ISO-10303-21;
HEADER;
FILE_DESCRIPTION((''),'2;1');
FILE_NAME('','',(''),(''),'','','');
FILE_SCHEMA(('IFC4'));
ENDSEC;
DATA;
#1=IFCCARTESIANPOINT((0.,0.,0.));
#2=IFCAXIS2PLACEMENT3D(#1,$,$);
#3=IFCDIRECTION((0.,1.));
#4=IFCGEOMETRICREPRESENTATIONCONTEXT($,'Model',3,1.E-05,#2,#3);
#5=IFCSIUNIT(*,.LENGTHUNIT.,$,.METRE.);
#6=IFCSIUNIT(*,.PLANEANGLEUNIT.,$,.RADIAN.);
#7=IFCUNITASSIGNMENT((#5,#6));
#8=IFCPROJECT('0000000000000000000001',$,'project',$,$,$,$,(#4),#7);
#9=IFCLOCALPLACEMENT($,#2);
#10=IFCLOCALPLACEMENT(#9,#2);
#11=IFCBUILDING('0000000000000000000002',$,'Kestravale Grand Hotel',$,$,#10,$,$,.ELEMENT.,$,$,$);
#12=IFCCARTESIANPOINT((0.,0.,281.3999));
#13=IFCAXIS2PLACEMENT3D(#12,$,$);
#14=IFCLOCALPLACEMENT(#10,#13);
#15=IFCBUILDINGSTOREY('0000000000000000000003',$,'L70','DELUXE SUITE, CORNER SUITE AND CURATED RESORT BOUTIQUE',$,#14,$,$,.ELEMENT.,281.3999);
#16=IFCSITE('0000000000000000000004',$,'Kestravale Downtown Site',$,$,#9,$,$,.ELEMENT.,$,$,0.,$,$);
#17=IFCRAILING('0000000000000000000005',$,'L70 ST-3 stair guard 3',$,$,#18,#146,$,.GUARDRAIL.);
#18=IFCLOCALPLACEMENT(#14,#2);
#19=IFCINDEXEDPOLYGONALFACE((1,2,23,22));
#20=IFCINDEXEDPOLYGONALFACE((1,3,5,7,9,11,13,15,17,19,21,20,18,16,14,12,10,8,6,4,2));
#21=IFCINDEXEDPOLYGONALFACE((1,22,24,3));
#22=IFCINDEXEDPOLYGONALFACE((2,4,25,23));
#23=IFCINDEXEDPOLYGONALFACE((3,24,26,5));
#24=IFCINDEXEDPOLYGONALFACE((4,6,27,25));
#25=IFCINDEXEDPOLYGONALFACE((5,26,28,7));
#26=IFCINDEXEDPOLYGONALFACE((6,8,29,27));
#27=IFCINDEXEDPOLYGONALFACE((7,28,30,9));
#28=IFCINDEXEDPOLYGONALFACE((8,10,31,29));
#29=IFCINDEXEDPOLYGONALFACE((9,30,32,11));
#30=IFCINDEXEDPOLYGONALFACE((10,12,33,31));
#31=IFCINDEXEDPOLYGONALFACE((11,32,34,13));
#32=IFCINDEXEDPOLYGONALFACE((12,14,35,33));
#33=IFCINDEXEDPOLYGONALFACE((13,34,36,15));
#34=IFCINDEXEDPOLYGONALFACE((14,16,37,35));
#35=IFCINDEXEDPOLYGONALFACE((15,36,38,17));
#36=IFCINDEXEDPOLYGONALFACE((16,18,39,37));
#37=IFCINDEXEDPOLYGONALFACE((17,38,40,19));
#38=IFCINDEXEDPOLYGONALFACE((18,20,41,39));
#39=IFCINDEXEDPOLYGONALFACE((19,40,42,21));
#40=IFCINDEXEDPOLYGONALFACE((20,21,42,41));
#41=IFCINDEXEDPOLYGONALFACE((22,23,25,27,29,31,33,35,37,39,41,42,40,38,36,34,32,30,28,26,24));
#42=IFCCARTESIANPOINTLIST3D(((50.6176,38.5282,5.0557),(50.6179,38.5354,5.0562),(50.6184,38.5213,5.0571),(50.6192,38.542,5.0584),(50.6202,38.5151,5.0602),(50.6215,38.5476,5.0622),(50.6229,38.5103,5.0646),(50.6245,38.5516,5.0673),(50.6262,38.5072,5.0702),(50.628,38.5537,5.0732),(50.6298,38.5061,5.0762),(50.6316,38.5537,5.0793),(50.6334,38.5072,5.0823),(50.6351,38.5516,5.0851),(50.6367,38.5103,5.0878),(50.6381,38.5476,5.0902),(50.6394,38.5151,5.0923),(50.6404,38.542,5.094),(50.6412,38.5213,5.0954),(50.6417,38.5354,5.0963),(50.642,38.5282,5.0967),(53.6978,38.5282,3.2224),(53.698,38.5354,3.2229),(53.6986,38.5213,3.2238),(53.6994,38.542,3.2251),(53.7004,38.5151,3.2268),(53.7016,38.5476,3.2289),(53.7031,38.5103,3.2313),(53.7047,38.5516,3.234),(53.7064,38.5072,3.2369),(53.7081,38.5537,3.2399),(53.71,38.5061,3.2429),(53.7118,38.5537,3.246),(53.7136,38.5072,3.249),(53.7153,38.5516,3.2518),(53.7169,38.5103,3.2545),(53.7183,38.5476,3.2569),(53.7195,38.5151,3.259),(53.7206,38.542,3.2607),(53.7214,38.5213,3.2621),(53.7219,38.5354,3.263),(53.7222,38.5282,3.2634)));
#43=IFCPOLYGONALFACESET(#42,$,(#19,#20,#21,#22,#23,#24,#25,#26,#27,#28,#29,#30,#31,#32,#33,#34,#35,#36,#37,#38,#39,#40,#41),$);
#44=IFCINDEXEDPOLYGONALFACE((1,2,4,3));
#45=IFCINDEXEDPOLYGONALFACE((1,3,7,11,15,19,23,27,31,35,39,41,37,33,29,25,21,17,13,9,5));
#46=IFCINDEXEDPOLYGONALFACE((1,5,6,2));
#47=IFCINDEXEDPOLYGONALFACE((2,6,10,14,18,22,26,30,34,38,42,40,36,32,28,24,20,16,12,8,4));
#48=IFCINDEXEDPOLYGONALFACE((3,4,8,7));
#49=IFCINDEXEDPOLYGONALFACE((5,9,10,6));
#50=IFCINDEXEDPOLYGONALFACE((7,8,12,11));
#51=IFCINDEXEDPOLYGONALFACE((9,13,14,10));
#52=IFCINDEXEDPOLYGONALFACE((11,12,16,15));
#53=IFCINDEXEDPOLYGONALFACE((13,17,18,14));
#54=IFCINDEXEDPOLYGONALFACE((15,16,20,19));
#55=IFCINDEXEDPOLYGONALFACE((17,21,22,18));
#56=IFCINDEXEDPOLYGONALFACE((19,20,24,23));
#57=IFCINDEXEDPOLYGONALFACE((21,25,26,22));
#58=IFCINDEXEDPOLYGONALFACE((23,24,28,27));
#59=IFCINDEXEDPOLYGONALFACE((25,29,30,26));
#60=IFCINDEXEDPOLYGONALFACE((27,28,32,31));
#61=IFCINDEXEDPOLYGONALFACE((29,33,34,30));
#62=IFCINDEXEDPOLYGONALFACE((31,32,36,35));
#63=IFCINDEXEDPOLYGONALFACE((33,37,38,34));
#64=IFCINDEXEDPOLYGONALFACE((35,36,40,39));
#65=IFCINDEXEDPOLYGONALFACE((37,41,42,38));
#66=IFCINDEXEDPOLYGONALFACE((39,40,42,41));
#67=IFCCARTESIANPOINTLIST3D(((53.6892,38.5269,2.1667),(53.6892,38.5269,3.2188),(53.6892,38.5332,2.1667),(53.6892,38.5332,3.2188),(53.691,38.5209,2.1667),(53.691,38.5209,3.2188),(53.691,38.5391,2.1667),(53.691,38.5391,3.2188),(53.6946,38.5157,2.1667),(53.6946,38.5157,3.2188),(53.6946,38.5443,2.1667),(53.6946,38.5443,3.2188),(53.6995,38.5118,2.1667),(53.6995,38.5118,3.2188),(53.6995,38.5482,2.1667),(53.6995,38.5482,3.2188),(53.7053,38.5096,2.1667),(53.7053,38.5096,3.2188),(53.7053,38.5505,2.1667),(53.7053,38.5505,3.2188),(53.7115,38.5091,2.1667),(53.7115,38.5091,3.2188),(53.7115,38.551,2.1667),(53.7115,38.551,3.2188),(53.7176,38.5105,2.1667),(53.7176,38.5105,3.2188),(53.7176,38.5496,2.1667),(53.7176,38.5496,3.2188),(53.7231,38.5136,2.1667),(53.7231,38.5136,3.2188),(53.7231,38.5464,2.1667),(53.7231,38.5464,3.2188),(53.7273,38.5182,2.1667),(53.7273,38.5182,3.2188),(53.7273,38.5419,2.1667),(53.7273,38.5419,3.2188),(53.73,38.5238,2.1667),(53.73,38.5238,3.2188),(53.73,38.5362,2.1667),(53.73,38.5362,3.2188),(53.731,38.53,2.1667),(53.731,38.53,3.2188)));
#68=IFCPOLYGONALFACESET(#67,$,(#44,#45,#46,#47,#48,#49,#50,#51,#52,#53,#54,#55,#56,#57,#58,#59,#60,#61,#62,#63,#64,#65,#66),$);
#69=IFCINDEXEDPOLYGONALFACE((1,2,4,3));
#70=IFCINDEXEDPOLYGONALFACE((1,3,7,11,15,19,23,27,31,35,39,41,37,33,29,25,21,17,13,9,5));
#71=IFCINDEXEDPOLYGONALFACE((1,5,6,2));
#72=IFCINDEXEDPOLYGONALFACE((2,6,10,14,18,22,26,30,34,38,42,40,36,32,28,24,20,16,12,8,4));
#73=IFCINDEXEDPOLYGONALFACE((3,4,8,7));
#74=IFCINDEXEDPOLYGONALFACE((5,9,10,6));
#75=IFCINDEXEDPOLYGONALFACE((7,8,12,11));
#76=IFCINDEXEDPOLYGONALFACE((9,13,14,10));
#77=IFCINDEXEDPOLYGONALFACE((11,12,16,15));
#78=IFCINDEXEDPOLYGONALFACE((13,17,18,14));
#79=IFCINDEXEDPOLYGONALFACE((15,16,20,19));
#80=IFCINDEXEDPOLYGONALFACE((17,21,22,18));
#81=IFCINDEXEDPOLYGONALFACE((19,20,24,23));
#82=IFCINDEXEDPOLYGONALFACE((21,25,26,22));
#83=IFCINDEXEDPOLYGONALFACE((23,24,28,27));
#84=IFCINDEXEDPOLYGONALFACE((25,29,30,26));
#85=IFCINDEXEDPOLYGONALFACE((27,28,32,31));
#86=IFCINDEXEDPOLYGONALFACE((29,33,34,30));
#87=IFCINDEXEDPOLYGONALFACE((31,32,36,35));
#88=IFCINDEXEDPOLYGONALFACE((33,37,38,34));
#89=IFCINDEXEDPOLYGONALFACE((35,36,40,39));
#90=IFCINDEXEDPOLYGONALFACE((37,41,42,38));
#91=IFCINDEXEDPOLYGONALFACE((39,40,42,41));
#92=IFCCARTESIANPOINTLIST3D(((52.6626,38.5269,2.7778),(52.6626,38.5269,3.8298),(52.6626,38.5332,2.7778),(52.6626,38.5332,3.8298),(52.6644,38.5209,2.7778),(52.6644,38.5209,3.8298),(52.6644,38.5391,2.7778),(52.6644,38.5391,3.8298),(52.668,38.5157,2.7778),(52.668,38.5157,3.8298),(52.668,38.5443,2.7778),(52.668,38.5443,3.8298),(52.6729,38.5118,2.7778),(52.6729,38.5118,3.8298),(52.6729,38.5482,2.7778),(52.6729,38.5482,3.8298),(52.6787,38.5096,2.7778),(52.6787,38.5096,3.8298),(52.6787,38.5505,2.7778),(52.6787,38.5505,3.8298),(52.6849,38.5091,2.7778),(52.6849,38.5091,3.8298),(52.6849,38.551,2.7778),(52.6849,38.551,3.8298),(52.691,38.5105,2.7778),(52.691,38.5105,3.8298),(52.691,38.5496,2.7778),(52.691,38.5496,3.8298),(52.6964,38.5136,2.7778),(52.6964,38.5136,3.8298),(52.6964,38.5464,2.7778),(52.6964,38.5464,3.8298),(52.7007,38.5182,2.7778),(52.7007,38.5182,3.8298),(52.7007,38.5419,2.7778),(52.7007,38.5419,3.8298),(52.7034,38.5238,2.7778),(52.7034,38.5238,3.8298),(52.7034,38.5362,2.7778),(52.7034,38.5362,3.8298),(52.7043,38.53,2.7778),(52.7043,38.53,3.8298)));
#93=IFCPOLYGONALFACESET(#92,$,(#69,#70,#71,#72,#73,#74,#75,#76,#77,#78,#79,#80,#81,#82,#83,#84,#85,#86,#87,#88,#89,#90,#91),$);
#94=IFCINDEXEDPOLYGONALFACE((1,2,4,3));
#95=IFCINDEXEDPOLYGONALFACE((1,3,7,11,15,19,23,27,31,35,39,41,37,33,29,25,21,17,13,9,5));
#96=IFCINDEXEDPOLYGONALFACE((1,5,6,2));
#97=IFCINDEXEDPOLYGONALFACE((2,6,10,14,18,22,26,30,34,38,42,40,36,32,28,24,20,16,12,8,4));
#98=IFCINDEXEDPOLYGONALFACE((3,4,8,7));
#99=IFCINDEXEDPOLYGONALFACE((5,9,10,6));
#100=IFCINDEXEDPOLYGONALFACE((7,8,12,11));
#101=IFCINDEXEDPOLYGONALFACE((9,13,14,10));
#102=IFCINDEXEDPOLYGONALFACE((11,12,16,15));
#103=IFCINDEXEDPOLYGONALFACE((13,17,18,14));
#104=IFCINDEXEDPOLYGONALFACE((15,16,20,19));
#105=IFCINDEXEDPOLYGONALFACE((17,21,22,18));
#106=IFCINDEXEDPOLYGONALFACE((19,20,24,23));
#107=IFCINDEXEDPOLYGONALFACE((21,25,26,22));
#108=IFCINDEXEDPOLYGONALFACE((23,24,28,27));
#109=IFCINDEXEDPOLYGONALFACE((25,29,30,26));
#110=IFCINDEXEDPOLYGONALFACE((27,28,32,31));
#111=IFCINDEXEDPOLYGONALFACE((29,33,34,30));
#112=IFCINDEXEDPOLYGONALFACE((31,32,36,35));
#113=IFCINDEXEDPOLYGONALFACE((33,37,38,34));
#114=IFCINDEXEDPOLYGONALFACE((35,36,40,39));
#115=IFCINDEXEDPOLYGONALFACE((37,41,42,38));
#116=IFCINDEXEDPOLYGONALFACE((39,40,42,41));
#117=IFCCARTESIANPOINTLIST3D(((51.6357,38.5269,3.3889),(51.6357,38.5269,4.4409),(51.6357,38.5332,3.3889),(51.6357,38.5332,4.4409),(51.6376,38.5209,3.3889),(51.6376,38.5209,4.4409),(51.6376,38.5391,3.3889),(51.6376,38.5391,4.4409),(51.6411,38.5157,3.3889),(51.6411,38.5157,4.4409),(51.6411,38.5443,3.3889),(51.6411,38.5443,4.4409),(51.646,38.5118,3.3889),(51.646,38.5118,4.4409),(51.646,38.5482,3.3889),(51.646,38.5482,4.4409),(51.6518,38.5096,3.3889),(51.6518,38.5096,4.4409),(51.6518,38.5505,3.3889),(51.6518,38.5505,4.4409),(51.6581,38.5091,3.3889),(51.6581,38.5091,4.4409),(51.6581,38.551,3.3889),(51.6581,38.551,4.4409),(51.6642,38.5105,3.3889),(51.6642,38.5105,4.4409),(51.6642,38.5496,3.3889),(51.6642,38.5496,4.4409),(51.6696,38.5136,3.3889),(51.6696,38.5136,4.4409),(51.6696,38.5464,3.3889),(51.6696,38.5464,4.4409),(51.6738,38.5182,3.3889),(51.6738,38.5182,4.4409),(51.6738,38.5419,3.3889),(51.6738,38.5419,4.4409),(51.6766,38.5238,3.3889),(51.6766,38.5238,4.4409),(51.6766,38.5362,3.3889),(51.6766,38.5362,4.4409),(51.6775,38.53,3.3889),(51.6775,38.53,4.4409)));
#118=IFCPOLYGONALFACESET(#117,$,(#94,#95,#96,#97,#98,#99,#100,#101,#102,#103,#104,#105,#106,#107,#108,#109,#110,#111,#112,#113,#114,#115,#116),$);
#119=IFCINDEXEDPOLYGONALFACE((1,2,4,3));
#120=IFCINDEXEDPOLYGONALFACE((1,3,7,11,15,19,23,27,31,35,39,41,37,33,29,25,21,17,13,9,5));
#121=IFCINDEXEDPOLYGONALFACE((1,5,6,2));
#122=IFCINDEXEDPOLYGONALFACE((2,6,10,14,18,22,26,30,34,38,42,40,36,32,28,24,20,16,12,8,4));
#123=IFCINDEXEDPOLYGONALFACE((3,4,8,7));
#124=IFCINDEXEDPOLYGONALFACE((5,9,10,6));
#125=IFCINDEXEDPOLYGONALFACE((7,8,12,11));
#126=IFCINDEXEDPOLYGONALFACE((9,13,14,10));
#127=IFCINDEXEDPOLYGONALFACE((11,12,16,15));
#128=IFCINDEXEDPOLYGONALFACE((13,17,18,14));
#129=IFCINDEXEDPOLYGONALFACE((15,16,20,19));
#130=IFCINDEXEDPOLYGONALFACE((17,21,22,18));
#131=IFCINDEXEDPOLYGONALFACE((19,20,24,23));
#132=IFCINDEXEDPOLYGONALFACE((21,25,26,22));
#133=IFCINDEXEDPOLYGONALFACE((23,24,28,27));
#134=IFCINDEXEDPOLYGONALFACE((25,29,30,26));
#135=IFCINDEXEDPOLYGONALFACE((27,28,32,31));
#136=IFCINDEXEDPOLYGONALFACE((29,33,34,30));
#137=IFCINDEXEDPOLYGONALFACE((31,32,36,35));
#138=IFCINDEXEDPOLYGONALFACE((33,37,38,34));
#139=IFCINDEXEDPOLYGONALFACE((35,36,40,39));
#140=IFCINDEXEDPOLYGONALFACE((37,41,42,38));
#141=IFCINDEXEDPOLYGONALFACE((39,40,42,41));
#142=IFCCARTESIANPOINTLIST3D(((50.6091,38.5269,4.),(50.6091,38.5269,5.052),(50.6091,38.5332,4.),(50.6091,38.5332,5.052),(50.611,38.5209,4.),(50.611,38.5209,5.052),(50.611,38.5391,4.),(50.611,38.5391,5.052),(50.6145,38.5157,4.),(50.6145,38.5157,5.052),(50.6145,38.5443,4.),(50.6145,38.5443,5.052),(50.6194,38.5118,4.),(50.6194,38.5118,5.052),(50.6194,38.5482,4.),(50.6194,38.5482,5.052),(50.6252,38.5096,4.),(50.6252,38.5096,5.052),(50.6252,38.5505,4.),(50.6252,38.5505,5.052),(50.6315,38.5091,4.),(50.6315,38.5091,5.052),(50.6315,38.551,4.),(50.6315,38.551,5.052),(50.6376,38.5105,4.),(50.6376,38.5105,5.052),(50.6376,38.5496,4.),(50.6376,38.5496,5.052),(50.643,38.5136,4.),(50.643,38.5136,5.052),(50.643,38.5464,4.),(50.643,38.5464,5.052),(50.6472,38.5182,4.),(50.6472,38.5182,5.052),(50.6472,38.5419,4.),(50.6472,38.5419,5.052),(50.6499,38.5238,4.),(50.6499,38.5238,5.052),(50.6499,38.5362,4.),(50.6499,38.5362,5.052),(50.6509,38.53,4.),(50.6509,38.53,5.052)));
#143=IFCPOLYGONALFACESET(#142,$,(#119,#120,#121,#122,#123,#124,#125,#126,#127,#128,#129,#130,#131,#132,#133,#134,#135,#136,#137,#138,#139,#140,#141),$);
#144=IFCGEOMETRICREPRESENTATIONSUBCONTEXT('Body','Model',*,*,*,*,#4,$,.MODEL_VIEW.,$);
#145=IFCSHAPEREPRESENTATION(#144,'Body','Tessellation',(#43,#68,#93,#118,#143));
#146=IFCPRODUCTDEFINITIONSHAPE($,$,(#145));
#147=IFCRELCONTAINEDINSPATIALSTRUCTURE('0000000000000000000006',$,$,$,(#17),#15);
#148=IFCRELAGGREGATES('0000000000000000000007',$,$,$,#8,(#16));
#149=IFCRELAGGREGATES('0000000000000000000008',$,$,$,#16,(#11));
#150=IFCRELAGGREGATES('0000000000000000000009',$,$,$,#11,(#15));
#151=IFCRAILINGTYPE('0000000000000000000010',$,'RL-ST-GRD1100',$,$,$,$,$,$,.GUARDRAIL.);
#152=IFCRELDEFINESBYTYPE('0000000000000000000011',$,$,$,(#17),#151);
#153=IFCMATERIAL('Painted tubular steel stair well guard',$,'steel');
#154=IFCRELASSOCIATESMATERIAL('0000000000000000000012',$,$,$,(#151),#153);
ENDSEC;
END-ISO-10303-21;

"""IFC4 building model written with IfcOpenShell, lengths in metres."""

from ifc_helpers import new_model, si_unit, direction, frame, origin, origin_2d, place, context, subcontext, project, spatial, circle, extrude, material, type_object, element, save


model = new_model("IFC4")

# Units and contexts
model_context = context("Model", 3, precision=1e-05, world=origin(), true_north=direction((0.0, 1.0)))
body_context = subcontext(model_context, "Body", "Model", "MODEL_VIEW")
ifc_project = project(units=[si_unit("LENGTHUNIT", "METRE"), si_unit("PLANEANGLEUNIT", "RADIAN")], contexts=[model_context])

# Site, building, storey
site_placement = place(None, origin())
site = spatial("IfcSite", under=ifc_project, at=site_placement, Name="Kestravale Downtown Site", CompositionType="ELEMENT", RefElevation=0.0)
building_placement = place(site_placement, origin())
building = spatial("IfcBuilding", under=site, at=building_placement, Name="Kestravale Grand Hotel", CompositionType="ELEMENT")
storey_placement = place(building_placement, frame((0.0, 0.0, 281.3999)))
storey = spatial("IfcBuildingStorey", under=building, at=storey_placement, Name="L70", Description="DELUXE SUITE, CORNER SUITE AND CURATED RESORT BOUTIQUE", CompositionType="ELEMENT", Elevation=281.3999)

# Railing
ifc_material_1 = material(Name="Painted tubular steel stair well guard", Category="steel")
railing_type_1 = type_object("IfcRailingType", Name="RL-ST-GRD1100", PredefinedType="GUARDRAIL", material=ifc_material_1)
railing_1_placement = place(storey_placement, frame((53.71, 38.53, 2.1667)))
element("IfcRailing", 1, at=railing_1_placement, inside=storey, type_object=railing_type_1, Name="L70 ST-3 stair guard 3", PredefinedType="GUARDRAIL", context=body_context, shape_type="SweptSolid", body=[
    extrude(circle(Radius=0.0239, at=origin_2d()), frame((0.0, 0.0, 1.0762), z_axis=(-0.859309, 0.0, 0.511458), x_axis=(0.0, -1.0, 0.0)), (0.0, 0.0, 1.0), 3.5845),
    extrude(circle(Radius=0.021, at=origin_2d()), origin(), (0.0, 0.0, 1.0), 1.052),
    extrude(circle(Radius=0.021, at=origin_2d()), frame((-1.0266, 0.0, 0.6111)), (0.0, 0.0, 1.0), 1.052),
    extrude(circle(Radius=0.021, at=origin_2d()), frame((-2.0535, 0.0, 1.2222)), (0.0, 0.0, 1.0), 1.052),
    extrude(circle(Radius=0.021, at=origin_2d()), frame((-3.0801, 0.0, 1.8333)), (0.0, 0.0, 1.0), 1.052),
])

save(model, "model.ifc")
